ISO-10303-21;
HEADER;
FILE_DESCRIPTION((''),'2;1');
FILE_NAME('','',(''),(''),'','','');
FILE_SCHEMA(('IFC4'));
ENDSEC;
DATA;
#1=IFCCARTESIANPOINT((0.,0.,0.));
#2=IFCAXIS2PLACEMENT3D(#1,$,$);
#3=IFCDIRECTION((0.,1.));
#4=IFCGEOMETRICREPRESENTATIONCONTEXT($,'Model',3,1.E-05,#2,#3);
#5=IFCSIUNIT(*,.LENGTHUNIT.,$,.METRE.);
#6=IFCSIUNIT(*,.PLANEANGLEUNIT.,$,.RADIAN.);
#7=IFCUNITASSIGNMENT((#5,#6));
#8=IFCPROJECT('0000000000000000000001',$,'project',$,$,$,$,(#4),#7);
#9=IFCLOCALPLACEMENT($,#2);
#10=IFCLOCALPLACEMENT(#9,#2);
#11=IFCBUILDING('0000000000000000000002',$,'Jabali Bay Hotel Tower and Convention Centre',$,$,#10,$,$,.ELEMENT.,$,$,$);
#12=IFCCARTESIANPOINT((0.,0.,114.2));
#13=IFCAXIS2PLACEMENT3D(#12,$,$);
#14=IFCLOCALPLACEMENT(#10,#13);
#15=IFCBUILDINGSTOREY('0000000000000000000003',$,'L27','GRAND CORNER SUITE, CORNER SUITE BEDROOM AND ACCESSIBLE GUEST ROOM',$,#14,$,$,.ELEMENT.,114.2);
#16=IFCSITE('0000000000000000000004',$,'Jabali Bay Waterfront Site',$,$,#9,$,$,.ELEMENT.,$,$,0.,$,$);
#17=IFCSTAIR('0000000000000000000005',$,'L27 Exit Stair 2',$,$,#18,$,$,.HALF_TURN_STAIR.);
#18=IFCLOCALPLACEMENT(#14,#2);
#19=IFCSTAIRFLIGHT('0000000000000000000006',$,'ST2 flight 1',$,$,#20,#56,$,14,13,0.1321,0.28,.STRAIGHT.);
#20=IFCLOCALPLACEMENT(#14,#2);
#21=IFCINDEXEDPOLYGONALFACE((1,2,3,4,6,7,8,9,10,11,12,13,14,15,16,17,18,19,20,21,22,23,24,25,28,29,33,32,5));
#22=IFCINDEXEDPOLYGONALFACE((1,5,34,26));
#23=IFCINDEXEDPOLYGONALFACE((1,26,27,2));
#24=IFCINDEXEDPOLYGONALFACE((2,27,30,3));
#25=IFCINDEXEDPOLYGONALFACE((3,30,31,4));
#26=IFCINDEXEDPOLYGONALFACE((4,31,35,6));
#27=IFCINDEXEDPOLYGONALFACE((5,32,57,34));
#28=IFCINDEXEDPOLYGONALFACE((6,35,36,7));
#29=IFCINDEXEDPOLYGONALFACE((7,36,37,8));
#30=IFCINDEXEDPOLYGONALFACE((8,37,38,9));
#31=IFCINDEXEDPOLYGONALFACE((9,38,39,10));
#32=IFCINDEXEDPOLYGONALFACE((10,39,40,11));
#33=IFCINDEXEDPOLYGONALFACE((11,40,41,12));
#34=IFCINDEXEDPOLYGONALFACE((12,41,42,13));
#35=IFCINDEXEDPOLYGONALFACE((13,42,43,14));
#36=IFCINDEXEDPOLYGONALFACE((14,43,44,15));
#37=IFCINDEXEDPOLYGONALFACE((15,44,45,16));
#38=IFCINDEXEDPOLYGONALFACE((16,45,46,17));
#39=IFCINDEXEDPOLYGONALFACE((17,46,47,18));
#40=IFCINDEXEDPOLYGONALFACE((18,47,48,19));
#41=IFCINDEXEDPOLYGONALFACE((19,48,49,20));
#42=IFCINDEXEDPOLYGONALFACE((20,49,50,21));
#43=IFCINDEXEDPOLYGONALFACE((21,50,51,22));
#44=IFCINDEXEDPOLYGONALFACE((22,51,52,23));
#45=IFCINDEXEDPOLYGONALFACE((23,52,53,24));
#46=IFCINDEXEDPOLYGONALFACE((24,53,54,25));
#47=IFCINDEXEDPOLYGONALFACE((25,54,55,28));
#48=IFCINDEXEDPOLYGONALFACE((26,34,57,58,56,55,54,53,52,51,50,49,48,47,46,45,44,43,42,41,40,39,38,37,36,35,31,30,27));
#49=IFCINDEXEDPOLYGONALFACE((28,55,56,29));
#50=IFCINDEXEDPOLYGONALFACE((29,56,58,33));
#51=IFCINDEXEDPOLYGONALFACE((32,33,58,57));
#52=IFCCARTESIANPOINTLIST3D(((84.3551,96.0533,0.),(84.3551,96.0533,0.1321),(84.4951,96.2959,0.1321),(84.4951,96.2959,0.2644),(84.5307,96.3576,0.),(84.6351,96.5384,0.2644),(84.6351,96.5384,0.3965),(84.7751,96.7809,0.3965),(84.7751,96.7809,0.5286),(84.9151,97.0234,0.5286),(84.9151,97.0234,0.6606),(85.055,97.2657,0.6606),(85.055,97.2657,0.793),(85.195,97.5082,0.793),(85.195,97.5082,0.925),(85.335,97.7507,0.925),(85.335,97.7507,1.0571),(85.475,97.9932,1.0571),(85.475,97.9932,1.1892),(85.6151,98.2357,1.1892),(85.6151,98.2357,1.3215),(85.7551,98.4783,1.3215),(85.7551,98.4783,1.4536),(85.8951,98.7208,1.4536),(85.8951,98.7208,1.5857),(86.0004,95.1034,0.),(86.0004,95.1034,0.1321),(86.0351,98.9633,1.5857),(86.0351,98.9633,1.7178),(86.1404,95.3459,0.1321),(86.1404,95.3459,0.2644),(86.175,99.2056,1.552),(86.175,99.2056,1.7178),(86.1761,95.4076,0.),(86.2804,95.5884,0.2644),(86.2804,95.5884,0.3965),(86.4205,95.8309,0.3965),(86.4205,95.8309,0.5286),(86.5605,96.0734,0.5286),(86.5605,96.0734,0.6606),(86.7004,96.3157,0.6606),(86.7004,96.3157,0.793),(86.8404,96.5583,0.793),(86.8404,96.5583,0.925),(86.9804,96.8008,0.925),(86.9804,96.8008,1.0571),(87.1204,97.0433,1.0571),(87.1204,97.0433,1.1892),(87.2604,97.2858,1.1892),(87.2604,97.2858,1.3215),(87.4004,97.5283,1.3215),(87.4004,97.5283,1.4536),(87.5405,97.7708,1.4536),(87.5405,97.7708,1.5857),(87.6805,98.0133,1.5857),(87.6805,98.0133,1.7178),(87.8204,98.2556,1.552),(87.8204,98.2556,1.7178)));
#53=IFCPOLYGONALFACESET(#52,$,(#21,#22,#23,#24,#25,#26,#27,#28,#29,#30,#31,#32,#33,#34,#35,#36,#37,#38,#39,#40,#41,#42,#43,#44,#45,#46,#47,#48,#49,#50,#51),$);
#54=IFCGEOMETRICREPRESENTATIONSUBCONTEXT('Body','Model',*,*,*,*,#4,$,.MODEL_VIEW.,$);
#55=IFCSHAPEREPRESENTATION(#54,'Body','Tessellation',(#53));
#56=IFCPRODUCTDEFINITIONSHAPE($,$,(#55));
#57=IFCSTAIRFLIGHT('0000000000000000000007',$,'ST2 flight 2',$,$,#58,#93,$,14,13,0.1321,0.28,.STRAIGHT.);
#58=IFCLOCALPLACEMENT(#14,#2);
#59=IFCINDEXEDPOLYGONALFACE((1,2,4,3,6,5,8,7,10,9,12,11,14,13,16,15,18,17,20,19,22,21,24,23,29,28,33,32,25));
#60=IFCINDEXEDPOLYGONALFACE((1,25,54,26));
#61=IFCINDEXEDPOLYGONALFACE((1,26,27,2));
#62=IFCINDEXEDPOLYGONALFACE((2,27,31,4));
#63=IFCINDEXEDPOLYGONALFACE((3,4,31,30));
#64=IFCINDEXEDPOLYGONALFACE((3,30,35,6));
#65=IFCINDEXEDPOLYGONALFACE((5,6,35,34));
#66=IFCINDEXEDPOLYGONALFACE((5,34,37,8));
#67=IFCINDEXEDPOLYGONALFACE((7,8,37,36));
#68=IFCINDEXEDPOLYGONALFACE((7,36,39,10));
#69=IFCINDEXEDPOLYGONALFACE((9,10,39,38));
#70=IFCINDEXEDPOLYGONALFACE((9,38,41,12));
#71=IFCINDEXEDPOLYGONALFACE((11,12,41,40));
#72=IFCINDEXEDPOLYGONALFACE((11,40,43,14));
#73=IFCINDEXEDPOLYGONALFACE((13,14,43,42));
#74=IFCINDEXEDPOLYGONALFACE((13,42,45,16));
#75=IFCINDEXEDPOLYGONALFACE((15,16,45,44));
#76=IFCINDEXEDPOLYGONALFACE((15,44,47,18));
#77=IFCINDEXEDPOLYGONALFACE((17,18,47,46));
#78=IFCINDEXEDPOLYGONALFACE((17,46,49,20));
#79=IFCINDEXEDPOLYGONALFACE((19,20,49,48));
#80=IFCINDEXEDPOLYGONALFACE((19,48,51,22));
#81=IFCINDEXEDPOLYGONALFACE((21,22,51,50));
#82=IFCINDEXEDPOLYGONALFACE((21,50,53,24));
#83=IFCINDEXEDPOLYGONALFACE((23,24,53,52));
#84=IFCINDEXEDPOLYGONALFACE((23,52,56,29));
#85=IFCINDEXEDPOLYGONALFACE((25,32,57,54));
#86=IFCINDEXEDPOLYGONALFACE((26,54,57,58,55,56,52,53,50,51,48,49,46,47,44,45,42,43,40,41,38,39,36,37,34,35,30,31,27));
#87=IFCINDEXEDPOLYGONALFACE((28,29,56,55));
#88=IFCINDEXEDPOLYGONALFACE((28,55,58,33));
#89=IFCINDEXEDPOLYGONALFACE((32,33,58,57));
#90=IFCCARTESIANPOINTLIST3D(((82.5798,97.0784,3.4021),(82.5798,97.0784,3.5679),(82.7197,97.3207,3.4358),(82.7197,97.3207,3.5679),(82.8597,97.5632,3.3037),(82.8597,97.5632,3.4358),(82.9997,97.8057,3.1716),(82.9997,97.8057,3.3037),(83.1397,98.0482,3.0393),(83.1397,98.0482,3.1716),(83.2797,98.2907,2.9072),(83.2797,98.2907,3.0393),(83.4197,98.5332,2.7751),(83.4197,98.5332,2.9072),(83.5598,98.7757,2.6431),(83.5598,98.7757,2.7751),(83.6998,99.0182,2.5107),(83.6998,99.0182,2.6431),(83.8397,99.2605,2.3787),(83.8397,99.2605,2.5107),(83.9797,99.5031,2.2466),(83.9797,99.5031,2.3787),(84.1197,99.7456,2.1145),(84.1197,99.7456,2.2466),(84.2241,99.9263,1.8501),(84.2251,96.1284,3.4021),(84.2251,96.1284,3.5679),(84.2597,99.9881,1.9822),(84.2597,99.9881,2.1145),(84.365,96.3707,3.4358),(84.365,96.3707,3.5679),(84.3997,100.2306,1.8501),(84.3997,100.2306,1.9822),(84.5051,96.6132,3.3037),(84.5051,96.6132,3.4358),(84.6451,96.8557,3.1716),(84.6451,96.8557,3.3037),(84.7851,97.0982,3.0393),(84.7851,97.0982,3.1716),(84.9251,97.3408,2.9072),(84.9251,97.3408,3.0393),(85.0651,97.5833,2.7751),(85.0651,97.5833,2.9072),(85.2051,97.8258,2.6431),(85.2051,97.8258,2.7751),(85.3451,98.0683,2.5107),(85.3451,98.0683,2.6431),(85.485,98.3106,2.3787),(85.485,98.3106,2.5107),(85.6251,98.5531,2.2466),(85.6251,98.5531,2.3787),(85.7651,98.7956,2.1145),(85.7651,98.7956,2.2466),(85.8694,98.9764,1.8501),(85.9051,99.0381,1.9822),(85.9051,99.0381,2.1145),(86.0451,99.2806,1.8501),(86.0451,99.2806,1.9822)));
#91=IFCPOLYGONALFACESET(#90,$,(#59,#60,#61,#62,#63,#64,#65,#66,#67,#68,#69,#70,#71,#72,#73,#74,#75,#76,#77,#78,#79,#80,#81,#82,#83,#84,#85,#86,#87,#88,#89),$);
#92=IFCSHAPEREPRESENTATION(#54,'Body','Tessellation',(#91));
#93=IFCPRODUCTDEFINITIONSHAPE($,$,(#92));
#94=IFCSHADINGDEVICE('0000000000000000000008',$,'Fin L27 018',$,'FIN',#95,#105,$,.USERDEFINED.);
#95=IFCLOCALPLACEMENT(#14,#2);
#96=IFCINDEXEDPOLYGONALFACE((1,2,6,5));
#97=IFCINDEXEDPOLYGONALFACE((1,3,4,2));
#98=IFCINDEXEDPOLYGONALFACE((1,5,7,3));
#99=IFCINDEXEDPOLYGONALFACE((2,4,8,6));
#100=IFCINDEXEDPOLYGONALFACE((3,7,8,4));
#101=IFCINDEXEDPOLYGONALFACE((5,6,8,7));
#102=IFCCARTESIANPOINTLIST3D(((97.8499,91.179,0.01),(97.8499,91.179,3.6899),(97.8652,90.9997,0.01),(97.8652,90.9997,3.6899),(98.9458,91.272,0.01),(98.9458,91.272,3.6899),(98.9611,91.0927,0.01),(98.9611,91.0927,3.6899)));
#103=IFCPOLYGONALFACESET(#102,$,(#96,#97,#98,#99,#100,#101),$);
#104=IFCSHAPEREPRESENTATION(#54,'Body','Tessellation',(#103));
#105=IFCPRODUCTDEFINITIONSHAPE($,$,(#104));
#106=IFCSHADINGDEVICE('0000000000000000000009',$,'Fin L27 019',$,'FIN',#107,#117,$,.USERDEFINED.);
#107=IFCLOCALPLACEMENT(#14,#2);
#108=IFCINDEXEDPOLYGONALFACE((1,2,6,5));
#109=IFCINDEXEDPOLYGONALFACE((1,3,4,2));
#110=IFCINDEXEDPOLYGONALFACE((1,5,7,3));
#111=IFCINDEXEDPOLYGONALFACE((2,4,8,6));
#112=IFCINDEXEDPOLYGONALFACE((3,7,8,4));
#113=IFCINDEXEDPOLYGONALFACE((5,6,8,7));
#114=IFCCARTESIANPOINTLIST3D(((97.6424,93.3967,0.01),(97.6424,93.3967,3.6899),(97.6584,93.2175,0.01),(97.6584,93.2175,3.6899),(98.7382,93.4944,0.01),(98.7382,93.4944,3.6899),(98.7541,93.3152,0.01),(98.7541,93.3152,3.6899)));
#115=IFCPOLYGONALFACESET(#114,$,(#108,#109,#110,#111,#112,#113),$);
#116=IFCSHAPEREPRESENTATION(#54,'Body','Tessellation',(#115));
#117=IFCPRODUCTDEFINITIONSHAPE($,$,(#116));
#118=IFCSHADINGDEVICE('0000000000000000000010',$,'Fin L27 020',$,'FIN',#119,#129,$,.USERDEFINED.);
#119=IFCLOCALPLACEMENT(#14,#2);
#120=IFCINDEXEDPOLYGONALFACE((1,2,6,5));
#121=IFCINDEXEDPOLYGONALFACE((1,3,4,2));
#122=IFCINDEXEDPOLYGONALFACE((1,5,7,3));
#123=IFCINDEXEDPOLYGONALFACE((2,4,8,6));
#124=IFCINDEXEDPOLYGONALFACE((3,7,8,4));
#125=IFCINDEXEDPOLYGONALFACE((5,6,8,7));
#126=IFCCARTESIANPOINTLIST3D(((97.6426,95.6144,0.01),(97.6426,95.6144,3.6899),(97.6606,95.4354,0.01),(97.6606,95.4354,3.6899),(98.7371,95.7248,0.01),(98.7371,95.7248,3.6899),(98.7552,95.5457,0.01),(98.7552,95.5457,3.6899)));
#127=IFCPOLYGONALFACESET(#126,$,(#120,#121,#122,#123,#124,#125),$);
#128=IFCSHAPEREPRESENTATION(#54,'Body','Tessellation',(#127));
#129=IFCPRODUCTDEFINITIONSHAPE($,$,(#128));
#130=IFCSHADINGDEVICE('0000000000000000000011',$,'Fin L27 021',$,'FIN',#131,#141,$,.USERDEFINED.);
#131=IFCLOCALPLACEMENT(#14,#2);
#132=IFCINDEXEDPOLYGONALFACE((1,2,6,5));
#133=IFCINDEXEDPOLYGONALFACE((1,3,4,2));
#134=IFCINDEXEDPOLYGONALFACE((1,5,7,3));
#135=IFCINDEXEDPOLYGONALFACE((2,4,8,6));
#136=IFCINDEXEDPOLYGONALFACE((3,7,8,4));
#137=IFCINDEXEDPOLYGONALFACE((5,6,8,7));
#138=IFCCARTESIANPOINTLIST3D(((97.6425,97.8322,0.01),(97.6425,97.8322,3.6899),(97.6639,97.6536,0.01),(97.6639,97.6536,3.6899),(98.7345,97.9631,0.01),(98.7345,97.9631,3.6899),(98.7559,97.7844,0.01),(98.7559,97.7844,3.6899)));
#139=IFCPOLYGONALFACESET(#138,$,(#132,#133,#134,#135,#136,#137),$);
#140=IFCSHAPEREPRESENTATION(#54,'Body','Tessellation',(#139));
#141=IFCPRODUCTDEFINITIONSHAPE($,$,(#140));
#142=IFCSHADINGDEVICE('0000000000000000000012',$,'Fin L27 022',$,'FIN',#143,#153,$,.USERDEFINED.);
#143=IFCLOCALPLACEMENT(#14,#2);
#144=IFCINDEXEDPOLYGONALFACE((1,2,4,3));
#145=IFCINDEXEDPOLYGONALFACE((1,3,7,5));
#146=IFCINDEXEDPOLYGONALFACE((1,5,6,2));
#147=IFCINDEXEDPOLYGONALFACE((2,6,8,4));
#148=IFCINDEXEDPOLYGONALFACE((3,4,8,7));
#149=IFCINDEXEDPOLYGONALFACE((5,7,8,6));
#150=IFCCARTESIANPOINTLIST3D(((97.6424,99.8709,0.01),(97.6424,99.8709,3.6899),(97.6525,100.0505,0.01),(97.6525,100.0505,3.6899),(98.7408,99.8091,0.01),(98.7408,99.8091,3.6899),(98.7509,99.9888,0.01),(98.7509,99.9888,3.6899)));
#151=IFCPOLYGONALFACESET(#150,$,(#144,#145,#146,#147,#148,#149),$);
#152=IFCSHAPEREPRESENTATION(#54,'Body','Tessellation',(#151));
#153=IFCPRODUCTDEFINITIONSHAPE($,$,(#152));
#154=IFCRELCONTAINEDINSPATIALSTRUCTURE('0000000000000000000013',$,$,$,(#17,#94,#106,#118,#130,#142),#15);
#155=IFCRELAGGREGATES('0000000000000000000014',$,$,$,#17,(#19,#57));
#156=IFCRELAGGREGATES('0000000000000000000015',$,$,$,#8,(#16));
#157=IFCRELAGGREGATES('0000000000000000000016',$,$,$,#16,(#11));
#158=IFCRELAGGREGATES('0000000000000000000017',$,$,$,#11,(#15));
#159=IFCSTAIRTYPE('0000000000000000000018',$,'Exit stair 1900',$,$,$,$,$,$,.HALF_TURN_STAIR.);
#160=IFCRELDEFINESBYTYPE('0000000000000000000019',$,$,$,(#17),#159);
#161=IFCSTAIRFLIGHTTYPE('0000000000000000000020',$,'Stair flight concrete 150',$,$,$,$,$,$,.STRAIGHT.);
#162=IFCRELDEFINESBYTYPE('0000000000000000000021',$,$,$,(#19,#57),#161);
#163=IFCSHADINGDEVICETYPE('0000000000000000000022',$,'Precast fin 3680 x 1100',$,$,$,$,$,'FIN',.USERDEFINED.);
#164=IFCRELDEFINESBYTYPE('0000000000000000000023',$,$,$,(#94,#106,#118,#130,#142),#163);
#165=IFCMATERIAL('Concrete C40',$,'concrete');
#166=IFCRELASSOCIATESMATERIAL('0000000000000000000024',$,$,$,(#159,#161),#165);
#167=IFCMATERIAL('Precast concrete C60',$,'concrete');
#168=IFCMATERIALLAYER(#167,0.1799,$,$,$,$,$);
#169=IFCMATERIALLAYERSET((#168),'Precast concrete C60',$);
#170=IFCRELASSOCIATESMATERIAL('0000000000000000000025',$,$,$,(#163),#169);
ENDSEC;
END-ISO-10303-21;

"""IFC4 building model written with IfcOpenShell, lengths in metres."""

from ifc_helpers import new_model, si_unit, direction, frame, frame_2d, origin, place, context, subcontext, project, spatial, polyline, rectangle, outline, extrude, material, layer, layer_set, type_object, element, aggregate, save


model = new_model("IFC4")

# Units and contexts
model_context = context("Model", 3, precision=1e-05, world=origin(), true_north=direction((0.0, 1.0)))
body_context = subcontext(model_context, "Body", "Model", "MODEL_VIEW")
ifc_project = project(units=[si_unit("LENGTHUNIT", "METRE"), si_unit("PLANEANGLEUNIT", "RADIAN")], contexts=[model_context])

# Site, building, storey
site_placement = place(None, origin())
site = spatial("IfcSite", under=ifc_project, at=site_placement, Name="Jabali Bay Waterfront Site", CompositionType="ELEMENT", RefElevation=0.0)
building_placement = place(site_placement, origin())
building = spatial("IfcBuilding", under=site, at=building_placement, Name="Jabali Bay Hotel Tower and Convention Centre", CompositionType="ELEMENT")
storey_placement = place(building_placement, frame((0.0, 0.0, 114.2)))
storey = spatial("IfcBuildingStorey", under=building, at=storey_placement, Name="L27", Description="GRAND CORNER SUITE, CORNER SUITE BEDROOM AND ACCESSIBLE GUEST ROOM", CompositionType="ELEMENT", Elevation=114.2)

# Shared definitions
ifc_material_1 = material(Name="Concrete C40", Category="concrete")

# Stair, stair flights
stair_type = type_object("IfcStairType", Name="Exit stair 1900", PredefinedType="HALF_TURN_STAIR", material=ifc_material_1)
stair_placement = place(storey_placement, origin())
stair = element("IfcStair", 1, at=stair_placement, inside=storey, type_object=stair_type, Name="L27 Exit Stair 2", PredefinedType="HALF_TURN_STAIR")
stair_flight_type = type_object("IfcStairFlightType", Name="Stair flight concrete 150", PredefinedType="STRAIGHT", material=ifc_material_1)
stair_flight_1_placement = place(storey_placement, frame((85.1777, 95.5784, 0.0), z_axis=(0.0, 0.0, 1.0), x_axis=(0.5, 0.866025, 0.0)))
stair_flight_1 = element("IfcStairFlight", 2, at=stair_flight_1_placement, type_object=stair_flight_type, Name="ST2 flight 1", NumberOfRisers=14, NumberOfTreads=13, PredefinedType="STRAIGHT", RiserHeight=0.1321, TreadLength=0.28, context=body_context, shape_type="SweptSolid", body=[
    extrude(outline(polyline([(0.0, 0.0), (0.0, 0.1321), (0.28, 0.1321), (0.28, 0.2644), (0.5601, 0.2644), (0.5601, 0.3965), (0.8401, 0.3965), (0.8401, 0.5286), (1.1201, 0.5286), (1.1201, 0.6606), (1.3999, 0.6606), (1.3999, 0.793), (1.6799, 0.793), (1.6799, 0.925), (1.96, 0.925), (1.96, 1.0571), (2.24, 1.0571), (2.24, 1.1892), (2.52, 1.1892), (2.52, 1.3215), (2.8, 1.3215), (2.8, 1.4536), (3.0801, 1.4536), (3.0801, 1.5857), (3.3601, 1.5857), (3.3601, 1.7178), (3.6399, 1.7178), (3.6399, 1.8501), (3.6399, 1.552), (0.3513, 0.0), (0.0, 0.0)])), frame((0.0, 0.95, 0.0), z_axis=(0.0, -1.0, 0.0), x_axis=(1.0, 0.0, 0.0)), (0.0, 0.0, 1.0), 1.8999),
])
stair_flight_2_placement = place(storey_placement, frame((85.2224, 99.7556, 1.8501), z_axis=(0.0, 0.0, 1.0), x_axis=(-0.5, -0.866025, 0.0)))
stair_flight_2 = element("IfcStairFlight", 3, at=stair_flight_2_placement, type_object=stair_flight_type, Name="ST2 flight 2", NumberOfRisers=14, NumberOfTreads=13, PredefinedType="STRAIGHT", RiserHeight=0.1321, TreadLength=0.28, context=body_context, shape_type="SweptSolid", body=[
    extrude(outline(polyline([(0.0, 0.0), (0.0, 0.1321), (0.28, 0.1321), (0.28, 0.2644), (0.5601, 0.2644), (0.5601, 0.3965), (0.8401, 0.3965), (0.8401, 0.5286), (1.1201, 0.5286), (1.1201, 0.6606), (1.3999, 0.6606), (1.3999, 0.793), (1.6799, 0.793), (1.6799, 0.925), (1.96, 0.925), (1.96, 1.0571), (2.24, 1.0571), (2.24, 1.1892), (2.52, 1.1892), (2.52, 1.3215), (2.8, 1.3215), (2.8, 1.4536), (3.0801, 1.4536), (3.0801, 1.5857), (3.3601, 1.5857), (3.3601, 1.7178), (3.6399, 1.7178), (3.6399, 1.8501), (3.6399, 1.552), (0.3513, 0.0), (0.0, 0.0)])), frame((0.0, 0.95, 0.0), z_axis=(0.0, -1.0, 0.0), x_axis=(1.0, 0.0, 0.0)), (0.0, 0.0, 1.0), 1.8999),
])
aggregate(stair, [stair_flight_1, stair_flight_2])

# Shading devices
ifc_material_2 = material(Name="Precast concrete C60", Category="concrete")
ifc_layer_1 = layer(ifc_material_2, 0.1799)
ifc_layer_set_1 = layer_set([ifc_layer_1], Name="Precast concrete C60")
shading_device_type = type_object("IfcShadingDeviceType", Name="Precast fin 3680 x 1100", ElementType="FIN", PredefinedType="USERDEFINED", material=ifc_layer_set_1)
shading_device_1_placement = place(storey_placement, frame((97.8577, 91.0894, 0.01), z_axis=(0.0, 0.0, 1.0), x_axis=(0.996418, 0.08457, 0.0)))
element("IfcShadingDevice", 4, at=shading_device_1_placement, inside=storey, type_object=shading_device_type, Name="Fin L27 018", ObjectType="FIN", PredefinedType="USERDEFINED", context=body_context, shape_type="SweptSolid", body=[
    extrude(rectangle(XDim=1.0999, YDim=0.1799, at=frame_2d((0.5498, 0.0))), origin(), (0.0, 0.0, 1.0), 3.6799),
])
for number, where, z_axis, x_axis, name in (
    (5, (97.6504, 93.3071, 0.01), (0.0, 0.0, 1.0), (0.996052, 0.088775, 0.0), "Fin L27 019"),
    (6, (97.6516, 95.5249, 0.01), (0.0, 0.0, 1.0), (0.994956, 0.100317, 0.0), "Fin L27 020"),
):
    element("IfcShadingDevice", number, at=place(storey_placement, frame(where, z_axis=z_axis, x_axis=x_axis)), inside=storey, type_object=shading_device_type, Name=name, ObjectType="FIN", PredefinedType="USERDEFINED", context=body_context, shape_type="SweptSolid", body=[
        extrude(rectangle(XDim=1.1001, YDim=0.1799, at=frame_2d((0.55, 0.0))), origin(), (0.0, 0.0, 1.0), 3.6799),
    ])
shading_device_2_placement = place(storey_placement, frame((97.6533, 97.7429, 0.01), z_axis=(0.0, 0.0, 1.0), x_axis=(0.992897, 0.118979, 0.0)))
element("IfcShadingDevice", 7, at=shading_device_2_placement, inside=storey, type_object=shading_device_type, Name="Fin L27 021", ObjectType="FIN", PredefinedType="USERDEFINED", context=body_context, shape_type="SweptSolid", body=[
    extrude(rectangle(XDim=1.0999, YDim=0.1799, at=frame_2d((0.5498, 0.0))), origin(), (0.0, 0.0, 1.0), 3.6799),
])
shading_device_3_placement = place(storey_placement, frame((97.6475, 99.9607, 0.01), z_axis=(0.0, 0.0, 1.0), x_axis=(0.998423, -0.056146, 0.0)))
element("IfcShadingDevice", 8, at=shading_device_3_placement, inside=storey, type_object=shading_device_type, Name="Fin L27 022", ObjectType="FIN", PredefinedType="USERDEFINED", context=body_context, shape_type="SweptSolid", body=[
    extrude(rectangle(XDim=1.1001, YDim=0.1799, at=frame_2d((0.55, 0.0))), origin(), (0.0, 0.0, 1.0), 3.6799),
])

save(model, "model.ifc")
